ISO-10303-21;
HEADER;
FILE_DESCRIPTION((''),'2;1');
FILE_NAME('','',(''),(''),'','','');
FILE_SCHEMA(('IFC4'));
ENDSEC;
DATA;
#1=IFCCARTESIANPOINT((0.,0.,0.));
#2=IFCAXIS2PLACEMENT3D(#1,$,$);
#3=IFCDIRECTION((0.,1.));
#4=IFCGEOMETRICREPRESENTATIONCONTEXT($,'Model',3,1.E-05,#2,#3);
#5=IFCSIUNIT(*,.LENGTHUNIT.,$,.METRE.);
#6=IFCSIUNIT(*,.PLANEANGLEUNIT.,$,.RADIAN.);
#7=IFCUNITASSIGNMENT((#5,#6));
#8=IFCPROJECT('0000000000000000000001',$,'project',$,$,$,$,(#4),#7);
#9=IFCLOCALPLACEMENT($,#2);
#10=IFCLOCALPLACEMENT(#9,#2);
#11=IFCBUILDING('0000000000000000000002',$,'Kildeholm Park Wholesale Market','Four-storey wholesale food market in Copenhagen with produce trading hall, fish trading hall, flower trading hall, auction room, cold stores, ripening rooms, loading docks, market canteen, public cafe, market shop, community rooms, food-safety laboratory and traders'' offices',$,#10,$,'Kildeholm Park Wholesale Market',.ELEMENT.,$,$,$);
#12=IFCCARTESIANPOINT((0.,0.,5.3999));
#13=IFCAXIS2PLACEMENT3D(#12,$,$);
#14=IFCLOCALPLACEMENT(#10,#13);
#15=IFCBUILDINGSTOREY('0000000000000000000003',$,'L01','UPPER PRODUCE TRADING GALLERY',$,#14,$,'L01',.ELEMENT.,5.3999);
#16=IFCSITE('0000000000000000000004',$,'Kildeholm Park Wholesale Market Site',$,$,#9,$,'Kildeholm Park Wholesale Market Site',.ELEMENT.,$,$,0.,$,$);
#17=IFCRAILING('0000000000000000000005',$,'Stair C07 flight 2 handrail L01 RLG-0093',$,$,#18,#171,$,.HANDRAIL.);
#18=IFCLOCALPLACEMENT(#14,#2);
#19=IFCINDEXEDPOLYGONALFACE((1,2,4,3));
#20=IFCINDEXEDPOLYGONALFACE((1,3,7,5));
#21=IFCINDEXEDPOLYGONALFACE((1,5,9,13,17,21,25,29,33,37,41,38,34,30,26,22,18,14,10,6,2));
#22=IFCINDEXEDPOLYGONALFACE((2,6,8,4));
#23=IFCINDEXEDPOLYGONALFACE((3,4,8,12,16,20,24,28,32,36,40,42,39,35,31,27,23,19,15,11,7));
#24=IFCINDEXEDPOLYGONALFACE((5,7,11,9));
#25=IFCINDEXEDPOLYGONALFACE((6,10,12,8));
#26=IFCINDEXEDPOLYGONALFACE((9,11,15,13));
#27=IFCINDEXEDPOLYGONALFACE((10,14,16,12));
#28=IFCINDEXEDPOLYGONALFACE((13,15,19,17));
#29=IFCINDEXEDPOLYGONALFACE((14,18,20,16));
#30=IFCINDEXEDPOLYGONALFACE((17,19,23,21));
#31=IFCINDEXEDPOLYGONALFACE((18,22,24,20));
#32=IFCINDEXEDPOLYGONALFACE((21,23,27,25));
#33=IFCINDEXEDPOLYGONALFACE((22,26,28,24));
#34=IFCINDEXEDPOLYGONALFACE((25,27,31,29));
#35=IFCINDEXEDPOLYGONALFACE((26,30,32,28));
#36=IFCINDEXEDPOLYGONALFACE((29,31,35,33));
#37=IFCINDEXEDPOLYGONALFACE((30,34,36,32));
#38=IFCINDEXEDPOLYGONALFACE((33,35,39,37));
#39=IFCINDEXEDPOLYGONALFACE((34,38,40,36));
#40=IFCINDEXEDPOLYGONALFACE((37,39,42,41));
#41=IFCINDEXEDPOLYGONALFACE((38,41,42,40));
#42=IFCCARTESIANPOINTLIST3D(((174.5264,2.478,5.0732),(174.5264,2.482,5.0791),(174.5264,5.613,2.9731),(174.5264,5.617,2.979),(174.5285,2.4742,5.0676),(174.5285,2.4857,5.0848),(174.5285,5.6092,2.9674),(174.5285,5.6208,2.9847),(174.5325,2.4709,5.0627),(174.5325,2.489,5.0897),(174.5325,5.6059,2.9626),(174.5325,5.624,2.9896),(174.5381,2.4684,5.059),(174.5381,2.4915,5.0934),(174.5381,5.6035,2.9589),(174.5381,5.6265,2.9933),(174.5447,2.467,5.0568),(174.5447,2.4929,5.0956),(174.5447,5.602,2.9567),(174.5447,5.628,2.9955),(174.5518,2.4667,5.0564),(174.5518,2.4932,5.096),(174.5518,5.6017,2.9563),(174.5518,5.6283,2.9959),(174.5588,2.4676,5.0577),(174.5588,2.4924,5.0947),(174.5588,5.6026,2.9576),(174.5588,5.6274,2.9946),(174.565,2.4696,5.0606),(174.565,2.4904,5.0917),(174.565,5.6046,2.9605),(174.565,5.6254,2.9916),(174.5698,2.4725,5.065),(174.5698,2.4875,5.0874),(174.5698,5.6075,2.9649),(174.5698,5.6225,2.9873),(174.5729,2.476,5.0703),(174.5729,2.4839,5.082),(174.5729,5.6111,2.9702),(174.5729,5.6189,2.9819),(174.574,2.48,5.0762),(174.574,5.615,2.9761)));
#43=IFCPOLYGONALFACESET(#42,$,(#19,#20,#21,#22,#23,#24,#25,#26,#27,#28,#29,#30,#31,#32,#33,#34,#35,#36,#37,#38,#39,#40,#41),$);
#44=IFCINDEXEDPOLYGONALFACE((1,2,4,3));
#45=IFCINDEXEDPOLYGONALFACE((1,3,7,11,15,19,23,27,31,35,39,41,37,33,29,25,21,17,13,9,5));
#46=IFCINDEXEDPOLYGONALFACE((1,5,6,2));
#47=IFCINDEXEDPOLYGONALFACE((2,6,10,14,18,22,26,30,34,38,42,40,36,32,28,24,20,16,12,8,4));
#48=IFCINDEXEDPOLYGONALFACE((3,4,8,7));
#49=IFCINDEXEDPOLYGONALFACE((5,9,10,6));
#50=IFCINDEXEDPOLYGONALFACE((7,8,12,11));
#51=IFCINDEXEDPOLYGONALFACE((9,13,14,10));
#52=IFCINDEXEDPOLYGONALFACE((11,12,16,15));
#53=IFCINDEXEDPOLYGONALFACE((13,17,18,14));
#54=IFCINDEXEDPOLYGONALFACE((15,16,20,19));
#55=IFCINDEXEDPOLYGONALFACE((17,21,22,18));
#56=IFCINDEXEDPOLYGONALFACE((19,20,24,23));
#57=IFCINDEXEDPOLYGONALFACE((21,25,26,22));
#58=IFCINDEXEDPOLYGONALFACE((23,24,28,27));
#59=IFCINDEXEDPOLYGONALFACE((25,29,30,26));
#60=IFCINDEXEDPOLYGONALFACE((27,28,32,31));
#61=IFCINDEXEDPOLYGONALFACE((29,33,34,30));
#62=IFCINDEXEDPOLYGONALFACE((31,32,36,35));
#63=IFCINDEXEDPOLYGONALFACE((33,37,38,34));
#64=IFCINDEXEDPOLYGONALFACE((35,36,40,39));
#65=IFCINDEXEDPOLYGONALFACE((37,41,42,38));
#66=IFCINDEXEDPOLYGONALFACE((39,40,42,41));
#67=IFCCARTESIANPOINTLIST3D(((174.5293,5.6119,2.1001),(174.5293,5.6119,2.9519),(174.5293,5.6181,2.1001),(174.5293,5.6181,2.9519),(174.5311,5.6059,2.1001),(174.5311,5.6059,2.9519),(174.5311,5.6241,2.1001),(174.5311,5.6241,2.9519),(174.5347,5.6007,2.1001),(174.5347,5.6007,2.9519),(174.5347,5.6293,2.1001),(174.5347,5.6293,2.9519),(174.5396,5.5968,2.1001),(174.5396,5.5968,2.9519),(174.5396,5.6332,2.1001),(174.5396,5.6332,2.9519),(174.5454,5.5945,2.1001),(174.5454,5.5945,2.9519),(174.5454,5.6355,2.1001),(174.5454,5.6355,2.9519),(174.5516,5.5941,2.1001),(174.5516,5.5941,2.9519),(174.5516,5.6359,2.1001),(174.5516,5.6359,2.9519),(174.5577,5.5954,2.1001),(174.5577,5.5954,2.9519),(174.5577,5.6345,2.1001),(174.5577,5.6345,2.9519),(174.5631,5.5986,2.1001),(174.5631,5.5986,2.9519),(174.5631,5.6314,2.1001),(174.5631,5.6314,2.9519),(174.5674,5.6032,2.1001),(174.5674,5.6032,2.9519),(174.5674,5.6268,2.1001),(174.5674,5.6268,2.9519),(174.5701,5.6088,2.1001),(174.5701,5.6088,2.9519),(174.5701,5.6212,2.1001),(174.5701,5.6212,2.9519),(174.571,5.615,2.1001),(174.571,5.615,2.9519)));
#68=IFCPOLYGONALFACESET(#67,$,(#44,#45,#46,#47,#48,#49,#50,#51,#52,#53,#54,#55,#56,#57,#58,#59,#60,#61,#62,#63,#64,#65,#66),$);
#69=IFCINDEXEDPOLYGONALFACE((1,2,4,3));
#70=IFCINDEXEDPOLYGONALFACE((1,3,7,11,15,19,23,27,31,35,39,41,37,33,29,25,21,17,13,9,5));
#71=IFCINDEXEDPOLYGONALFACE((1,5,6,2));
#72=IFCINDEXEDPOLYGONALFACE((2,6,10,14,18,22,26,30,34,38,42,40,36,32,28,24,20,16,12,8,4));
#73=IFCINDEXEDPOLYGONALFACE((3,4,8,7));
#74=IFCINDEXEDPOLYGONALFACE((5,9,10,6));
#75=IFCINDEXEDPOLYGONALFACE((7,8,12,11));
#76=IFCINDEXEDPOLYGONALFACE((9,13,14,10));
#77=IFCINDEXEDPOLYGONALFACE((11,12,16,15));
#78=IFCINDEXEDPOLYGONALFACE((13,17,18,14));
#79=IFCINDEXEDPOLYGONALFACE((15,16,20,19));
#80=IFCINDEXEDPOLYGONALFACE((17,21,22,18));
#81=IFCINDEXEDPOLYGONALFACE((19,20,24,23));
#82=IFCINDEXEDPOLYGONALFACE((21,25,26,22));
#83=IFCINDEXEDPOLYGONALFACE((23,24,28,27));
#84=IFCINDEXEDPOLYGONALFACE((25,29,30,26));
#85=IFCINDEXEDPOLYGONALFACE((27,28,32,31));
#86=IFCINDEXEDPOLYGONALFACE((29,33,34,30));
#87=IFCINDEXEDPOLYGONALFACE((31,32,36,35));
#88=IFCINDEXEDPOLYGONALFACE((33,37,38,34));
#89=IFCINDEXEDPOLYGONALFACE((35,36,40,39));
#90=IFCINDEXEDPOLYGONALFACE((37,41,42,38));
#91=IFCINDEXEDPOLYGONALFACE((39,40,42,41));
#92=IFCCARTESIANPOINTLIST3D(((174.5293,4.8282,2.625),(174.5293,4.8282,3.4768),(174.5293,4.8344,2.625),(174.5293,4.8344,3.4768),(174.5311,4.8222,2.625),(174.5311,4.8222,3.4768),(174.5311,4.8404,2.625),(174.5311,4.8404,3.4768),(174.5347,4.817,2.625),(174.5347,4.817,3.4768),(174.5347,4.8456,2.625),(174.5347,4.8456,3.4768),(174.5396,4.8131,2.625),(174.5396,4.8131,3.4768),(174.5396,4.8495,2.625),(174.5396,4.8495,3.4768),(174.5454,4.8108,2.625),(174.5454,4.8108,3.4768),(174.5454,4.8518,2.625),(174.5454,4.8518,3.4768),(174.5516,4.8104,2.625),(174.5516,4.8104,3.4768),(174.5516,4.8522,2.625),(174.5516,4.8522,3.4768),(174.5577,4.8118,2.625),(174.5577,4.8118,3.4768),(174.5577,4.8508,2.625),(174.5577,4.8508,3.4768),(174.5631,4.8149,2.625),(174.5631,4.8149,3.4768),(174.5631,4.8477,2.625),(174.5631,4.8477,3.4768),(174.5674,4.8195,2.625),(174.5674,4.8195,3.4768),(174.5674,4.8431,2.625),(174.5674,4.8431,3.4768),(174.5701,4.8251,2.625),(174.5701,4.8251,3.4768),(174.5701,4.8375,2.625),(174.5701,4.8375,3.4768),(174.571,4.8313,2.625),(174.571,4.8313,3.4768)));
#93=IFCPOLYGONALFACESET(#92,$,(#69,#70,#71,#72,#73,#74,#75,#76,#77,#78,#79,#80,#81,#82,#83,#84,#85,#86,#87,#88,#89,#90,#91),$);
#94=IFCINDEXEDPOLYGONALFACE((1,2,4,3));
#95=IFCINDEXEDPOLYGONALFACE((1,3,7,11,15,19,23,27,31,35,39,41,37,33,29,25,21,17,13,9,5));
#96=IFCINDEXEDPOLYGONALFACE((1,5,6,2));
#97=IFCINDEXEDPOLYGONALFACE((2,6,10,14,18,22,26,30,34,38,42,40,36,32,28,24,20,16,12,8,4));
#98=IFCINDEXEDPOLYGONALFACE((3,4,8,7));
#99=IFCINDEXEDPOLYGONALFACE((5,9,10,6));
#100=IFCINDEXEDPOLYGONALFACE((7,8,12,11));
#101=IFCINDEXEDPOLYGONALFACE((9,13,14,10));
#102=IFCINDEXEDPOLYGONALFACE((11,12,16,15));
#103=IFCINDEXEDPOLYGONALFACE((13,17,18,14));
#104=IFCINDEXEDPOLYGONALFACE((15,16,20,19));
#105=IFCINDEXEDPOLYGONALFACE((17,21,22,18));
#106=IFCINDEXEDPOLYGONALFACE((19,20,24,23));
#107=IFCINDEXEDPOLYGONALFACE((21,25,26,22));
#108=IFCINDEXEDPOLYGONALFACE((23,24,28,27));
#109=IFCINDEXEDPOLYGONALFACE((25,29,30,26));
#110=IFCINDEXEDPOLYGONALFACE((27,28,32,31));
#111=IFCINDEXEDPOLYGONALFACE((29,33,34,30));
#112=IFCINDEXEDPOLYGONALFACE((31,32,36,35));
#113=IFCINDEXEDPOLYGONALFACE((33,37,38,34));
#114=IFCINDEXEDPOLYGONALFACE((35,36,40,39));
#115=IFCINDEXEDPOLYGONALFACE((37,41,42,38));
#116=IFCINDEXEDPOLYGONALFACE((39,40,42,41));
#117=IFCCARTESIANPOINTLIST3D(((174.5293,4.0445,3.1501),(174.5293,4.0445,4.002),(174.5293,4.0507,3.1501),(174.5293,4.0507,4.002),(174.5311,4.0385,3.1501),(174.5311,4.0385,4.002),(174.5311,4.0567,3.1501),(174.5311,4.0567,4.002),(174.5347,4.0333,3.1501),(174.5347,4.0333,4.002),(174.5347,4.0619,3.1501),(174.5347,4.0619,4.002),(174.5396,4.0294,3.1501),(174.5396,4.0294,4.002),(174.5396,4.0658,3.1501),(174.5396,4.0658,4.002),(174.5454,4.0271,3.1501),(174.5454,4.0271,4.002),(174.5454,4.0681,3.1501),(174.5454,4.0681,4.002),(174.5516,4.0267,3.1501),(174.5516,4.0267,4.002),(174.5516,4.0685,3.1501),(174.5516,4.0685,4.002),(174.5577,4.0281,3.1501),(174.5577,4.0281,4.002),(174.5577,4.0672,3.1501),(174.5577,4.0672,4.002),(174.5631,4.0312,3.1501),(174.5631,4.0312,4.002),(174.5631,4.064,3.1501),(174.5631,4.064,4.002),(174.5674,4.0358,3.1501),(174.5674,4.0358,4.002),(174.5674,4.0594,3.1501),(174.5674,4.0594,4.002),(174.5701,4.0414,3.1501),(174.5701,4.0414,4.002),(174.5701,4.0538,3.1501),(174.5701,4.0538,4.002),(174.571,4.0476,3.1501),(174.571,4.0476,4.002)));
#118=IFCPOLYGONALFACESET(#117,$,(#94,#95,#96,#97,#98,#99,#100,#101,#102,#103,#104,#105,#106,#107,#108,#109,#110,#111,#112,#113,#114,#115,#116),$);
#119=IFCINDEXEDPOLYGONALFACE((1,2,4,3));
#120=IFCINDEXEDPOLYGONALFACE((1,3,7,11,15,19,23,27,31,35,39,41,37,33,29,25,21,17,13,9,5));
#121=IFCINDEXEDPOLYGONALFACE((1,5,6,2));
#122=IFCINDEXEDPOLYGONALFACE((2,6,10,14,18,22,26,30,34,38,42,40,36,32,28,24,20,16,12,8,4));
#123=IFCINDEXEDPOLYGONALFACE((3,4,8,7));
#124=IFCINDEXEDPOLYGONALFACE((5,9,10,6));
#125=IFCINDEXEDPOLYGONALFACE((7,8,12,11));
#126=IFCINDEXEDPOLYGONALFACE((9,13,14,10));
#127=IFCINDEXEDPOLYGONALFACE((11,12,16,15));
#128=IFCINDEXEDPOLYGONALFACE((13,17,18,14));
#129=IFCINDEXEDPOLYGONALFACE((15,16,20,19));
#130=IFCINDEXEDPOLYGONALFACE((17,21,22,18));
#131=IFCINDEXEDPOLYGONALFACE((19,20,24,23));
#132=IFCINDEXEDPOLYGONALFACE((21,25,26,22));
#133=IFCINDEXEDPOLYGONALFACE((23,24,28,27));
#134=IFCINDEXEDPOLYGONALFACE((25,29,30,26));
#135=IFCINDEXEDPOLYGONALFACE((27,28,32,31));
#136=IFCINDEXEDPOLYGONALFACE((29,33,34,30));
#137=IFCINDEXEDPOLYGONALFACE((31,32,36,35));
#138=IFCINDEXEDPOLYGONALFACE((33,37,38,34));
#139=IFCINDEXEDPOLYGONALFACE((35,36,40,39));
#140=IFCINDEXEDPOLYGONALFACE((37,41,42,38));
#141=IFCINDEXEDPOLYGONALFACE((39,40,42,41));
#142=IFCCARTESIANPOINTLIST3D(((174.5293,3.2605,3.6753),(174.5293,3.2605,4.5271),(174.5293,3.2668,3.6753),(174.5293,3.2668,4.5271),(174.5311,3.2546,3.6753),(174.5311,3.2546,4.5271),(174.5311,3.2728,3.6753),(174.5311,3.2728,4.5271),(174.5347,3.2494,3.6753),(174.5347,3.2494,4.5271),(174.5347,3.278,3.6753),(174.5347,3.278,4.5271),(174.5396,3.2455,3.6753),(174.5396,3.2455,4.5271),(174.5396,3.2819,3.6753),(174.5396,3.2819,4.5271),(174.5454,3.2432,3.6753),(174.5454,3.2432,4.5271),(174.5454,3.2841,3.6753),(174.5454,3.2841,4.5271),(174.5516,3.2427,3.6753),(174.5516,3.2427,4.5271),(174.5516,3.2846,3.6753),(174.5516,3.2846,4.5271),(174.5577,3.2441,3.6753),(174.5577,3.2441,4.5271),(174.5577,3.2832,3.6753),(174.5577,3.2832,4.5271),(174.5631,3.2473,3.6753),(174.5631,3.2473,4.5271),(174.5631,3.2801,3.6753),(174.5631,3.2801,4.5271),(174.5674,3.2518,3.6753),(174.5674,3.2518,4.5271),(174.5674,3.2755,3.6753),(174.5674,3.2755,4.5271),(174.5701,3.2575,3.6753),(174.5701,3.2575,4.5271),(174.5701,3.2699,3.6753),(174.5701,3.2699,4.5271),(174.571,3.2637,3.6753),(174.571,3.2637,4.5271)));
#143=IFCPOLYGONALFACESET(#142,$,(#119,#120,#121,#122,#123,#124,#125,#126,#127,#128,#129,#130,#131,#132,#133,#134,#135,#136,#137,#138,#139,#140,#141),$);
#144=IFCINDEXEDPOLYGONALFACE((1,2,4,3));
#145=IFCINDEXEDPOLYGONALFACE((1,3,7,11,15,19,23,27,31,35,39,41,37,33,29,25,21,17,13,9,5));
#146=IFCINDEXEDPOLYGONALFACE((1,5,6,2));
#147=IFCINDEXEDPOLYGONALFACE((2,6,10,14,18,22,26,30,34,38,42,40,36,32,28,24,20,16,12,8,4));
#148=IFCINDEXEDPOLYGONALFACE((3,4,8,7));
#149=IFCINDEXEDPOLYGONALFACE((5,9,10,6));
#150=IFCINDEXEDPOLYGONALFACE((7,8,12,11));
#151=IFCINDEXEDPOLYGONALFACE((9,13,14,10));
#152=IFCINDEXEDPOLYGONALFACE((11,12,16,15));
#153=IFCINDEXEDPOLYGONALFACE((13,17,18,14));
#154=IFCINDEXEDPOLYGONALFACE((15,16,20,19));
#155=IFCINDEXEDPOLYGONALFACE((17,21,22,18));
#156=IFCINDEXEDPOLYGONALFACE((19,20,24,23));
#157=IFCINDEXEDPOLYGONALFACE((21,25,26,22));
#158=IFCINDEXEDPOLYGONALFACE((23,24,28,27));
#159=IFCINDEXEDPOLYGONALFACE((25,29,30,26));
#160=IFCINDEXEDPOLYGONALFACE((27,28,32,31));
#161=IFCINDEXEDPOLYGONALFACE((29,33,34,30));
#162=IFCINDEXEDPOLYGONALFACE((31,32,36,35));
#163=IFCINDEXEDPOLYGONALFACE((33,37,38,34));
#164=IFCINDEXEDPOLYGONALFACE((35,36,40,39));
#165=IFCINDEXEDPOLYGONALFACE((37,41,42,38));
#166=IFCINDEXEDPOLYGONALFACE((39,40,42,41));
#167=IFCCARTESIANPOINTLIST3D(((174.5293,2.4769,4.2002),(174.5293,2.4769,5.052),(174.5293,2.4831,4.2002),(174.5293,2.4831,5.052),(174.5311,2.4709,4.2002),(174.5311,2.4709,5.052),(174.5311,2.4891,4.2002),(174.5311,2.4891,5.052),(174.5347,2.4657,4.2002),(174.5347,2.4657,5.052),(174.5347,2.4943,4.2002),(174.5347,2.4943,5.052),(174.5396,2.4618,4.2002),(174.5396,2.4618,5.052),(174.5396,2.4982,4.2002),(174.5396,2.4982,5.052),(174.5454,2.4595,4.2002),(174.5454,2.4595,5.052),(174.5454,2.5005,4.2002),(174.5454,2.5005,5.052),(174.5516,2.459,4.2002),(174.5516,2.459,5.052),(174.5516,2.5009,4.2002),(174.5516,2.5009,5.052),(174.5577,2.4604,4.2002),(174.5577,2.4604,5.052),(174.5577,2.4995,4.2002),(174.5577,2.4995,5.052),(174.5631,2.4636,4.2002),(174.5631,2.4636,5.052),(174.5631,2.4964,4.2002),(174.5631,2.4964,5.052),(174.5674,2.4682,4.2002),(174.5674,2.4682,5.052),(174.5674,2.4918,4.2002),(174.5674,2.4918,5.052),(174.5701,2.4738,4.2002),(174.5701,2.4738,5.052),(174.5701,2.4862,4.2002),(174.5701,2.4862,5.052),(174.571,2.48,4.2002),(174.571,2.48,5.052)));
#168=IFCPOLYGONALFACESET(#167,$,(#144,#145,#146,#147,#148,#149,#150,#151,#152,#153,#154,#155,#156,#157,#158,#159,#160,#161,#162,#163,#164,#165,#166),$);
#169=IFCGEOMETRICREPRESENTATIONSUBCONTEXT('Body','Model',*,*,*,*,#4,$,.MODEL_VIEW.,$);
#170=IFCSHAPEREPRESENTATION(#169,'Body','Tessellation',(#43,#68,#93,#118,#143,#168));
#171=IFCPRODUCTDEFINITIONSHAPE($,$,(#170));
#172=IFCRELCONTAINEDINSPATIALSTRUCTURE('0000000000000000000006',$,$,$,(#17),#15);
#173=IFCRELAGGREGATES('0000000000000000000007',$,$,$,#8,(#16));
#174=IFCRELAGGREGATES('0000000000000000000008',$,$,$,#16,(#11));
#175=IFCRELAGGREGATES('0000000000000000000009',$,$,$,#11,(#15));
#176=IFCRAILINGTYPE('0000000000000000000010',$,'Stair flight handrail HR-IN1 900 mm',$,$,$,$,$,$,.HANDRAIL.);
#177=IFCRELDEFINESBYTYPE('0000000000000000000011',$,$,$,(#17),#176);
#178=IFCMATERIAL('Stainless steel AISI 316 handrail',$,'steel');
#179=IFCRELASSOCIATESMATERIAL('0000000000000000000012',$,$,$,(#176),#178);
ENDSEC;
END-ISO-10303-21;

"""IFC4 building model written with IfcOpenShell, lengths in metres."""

from ifc_helpers import new_model, si_unit, direction, frame, origin, origin_2d, place, context, subcontext, project, spatial, circle, extrude, material, type_object, element, save


model = new_model("IFC4")

# Units and contexts
model_context = context("Model", 3, precision=1e-05, world=origin(), true_north=direction((0.0, 1.0)))
body_context = subcontext(model_context, "Body", "Model", "MODEL_VIEW")
ifc_project = project(units=[si_unit("LENGTHUNIT", "METRE"), si_unit("PLANEANGLEUNIT", "RADIAN")], contexts=[model_context])

# Site, building, storey
site_placement = place(None, origin())
site = spatial("IfcSite", under=ifc_project, at=site_placement, Name="Kildeholm Park Wholesale Market Site", LongName="Kildeholm Park Wholesale Market Site", CompositionType="ELEMENT", RefElevation=0.0)
building_placement = place(site_placement, origin())
building = spatial("IfcBuilding", under=site, at=building_placement, Name="Kildeholm Park Wholesale Market", Description="Four-storey wholesale food market in Copenhagen with produce trading hall, fish trading hall, flower trading hall, auction room, cold stores, ripening rooms, loading docks, market canteen, public cafe, market shop, community rooms, food-safety laboratory and traders' offices", LongName="Kildeholm Park Wholesale Market", CompositionType="ELEMENT")
storey_placement = place(building_placement, frame((0.0, 0.0, 5.3999)))
storey = spatial("IfcBuildingStorey", under=building, at=storey_placement, Name="L01", Description="UPPER PRODUCE TRADING GALLERY", LongName="L01", CompositionType="ELEMENT", Elevation=5.3999)

# Railing
ifc_material_1 = material(Name="Stainless steel AISI 316 handrail", Category="steel")
railing_type_1 = type_object("IfcRailingType", Name="Stair flight handrail HR-IN1 900 mm", PredefinedType="HANDRAIL", material=ifc_material_1)
railing_1_placement = place(storey_placement, frame((174.55, 5.615, 2.1001)))
element("IfcRailing", 1, at=railing_1_placement, inside=storey, type_object=railing_type_1, Name="Stair C07 flight 2 handrail L01 RLG-0093", PredefinedType="HANDRAIL", context=body_context, shape_type="SweptSolid", body=[
    extrude(circle(Radius=0.0239, at=origin_2d()), frame((0.0, 0.0, 0.876), z_axis=(0.0, -0.830814, 0.55655), x_axis=(1.0, 0.0, 0.0)), (0.0, 0.0, 1.0), 3.7734),
    extrude(circle(Radius=0.021, at=origin_2d()), origin(), (0.0, 0.0, 1.0), 0.8518),
    extrude(circle(Radius=0.021, at=origin_2d()), frame((0.0, -0.7837, 0.5249)), (0.0, 0.0, 1.0), 0.8518),
    extrude(circle(Radius=0.021, at=origin_2d()), frame((0.0, -1.5674, 1.05)), (0.0, 0.0, 1.0), 0.8518),
    extrude(circle(Radius=0.021, at=origin_2d()), frame((0.0, -2.3513, 1.5752)), (0.0, 0.0, 1.0), 0.8518),
    extrude(circle(Radius=0.021, at=origin_2d()), frame((0.0, -3.135, 2.1001)), (0.0, 0.0, 1.0), 0.8518),
])

save(model, "model.ifc")
